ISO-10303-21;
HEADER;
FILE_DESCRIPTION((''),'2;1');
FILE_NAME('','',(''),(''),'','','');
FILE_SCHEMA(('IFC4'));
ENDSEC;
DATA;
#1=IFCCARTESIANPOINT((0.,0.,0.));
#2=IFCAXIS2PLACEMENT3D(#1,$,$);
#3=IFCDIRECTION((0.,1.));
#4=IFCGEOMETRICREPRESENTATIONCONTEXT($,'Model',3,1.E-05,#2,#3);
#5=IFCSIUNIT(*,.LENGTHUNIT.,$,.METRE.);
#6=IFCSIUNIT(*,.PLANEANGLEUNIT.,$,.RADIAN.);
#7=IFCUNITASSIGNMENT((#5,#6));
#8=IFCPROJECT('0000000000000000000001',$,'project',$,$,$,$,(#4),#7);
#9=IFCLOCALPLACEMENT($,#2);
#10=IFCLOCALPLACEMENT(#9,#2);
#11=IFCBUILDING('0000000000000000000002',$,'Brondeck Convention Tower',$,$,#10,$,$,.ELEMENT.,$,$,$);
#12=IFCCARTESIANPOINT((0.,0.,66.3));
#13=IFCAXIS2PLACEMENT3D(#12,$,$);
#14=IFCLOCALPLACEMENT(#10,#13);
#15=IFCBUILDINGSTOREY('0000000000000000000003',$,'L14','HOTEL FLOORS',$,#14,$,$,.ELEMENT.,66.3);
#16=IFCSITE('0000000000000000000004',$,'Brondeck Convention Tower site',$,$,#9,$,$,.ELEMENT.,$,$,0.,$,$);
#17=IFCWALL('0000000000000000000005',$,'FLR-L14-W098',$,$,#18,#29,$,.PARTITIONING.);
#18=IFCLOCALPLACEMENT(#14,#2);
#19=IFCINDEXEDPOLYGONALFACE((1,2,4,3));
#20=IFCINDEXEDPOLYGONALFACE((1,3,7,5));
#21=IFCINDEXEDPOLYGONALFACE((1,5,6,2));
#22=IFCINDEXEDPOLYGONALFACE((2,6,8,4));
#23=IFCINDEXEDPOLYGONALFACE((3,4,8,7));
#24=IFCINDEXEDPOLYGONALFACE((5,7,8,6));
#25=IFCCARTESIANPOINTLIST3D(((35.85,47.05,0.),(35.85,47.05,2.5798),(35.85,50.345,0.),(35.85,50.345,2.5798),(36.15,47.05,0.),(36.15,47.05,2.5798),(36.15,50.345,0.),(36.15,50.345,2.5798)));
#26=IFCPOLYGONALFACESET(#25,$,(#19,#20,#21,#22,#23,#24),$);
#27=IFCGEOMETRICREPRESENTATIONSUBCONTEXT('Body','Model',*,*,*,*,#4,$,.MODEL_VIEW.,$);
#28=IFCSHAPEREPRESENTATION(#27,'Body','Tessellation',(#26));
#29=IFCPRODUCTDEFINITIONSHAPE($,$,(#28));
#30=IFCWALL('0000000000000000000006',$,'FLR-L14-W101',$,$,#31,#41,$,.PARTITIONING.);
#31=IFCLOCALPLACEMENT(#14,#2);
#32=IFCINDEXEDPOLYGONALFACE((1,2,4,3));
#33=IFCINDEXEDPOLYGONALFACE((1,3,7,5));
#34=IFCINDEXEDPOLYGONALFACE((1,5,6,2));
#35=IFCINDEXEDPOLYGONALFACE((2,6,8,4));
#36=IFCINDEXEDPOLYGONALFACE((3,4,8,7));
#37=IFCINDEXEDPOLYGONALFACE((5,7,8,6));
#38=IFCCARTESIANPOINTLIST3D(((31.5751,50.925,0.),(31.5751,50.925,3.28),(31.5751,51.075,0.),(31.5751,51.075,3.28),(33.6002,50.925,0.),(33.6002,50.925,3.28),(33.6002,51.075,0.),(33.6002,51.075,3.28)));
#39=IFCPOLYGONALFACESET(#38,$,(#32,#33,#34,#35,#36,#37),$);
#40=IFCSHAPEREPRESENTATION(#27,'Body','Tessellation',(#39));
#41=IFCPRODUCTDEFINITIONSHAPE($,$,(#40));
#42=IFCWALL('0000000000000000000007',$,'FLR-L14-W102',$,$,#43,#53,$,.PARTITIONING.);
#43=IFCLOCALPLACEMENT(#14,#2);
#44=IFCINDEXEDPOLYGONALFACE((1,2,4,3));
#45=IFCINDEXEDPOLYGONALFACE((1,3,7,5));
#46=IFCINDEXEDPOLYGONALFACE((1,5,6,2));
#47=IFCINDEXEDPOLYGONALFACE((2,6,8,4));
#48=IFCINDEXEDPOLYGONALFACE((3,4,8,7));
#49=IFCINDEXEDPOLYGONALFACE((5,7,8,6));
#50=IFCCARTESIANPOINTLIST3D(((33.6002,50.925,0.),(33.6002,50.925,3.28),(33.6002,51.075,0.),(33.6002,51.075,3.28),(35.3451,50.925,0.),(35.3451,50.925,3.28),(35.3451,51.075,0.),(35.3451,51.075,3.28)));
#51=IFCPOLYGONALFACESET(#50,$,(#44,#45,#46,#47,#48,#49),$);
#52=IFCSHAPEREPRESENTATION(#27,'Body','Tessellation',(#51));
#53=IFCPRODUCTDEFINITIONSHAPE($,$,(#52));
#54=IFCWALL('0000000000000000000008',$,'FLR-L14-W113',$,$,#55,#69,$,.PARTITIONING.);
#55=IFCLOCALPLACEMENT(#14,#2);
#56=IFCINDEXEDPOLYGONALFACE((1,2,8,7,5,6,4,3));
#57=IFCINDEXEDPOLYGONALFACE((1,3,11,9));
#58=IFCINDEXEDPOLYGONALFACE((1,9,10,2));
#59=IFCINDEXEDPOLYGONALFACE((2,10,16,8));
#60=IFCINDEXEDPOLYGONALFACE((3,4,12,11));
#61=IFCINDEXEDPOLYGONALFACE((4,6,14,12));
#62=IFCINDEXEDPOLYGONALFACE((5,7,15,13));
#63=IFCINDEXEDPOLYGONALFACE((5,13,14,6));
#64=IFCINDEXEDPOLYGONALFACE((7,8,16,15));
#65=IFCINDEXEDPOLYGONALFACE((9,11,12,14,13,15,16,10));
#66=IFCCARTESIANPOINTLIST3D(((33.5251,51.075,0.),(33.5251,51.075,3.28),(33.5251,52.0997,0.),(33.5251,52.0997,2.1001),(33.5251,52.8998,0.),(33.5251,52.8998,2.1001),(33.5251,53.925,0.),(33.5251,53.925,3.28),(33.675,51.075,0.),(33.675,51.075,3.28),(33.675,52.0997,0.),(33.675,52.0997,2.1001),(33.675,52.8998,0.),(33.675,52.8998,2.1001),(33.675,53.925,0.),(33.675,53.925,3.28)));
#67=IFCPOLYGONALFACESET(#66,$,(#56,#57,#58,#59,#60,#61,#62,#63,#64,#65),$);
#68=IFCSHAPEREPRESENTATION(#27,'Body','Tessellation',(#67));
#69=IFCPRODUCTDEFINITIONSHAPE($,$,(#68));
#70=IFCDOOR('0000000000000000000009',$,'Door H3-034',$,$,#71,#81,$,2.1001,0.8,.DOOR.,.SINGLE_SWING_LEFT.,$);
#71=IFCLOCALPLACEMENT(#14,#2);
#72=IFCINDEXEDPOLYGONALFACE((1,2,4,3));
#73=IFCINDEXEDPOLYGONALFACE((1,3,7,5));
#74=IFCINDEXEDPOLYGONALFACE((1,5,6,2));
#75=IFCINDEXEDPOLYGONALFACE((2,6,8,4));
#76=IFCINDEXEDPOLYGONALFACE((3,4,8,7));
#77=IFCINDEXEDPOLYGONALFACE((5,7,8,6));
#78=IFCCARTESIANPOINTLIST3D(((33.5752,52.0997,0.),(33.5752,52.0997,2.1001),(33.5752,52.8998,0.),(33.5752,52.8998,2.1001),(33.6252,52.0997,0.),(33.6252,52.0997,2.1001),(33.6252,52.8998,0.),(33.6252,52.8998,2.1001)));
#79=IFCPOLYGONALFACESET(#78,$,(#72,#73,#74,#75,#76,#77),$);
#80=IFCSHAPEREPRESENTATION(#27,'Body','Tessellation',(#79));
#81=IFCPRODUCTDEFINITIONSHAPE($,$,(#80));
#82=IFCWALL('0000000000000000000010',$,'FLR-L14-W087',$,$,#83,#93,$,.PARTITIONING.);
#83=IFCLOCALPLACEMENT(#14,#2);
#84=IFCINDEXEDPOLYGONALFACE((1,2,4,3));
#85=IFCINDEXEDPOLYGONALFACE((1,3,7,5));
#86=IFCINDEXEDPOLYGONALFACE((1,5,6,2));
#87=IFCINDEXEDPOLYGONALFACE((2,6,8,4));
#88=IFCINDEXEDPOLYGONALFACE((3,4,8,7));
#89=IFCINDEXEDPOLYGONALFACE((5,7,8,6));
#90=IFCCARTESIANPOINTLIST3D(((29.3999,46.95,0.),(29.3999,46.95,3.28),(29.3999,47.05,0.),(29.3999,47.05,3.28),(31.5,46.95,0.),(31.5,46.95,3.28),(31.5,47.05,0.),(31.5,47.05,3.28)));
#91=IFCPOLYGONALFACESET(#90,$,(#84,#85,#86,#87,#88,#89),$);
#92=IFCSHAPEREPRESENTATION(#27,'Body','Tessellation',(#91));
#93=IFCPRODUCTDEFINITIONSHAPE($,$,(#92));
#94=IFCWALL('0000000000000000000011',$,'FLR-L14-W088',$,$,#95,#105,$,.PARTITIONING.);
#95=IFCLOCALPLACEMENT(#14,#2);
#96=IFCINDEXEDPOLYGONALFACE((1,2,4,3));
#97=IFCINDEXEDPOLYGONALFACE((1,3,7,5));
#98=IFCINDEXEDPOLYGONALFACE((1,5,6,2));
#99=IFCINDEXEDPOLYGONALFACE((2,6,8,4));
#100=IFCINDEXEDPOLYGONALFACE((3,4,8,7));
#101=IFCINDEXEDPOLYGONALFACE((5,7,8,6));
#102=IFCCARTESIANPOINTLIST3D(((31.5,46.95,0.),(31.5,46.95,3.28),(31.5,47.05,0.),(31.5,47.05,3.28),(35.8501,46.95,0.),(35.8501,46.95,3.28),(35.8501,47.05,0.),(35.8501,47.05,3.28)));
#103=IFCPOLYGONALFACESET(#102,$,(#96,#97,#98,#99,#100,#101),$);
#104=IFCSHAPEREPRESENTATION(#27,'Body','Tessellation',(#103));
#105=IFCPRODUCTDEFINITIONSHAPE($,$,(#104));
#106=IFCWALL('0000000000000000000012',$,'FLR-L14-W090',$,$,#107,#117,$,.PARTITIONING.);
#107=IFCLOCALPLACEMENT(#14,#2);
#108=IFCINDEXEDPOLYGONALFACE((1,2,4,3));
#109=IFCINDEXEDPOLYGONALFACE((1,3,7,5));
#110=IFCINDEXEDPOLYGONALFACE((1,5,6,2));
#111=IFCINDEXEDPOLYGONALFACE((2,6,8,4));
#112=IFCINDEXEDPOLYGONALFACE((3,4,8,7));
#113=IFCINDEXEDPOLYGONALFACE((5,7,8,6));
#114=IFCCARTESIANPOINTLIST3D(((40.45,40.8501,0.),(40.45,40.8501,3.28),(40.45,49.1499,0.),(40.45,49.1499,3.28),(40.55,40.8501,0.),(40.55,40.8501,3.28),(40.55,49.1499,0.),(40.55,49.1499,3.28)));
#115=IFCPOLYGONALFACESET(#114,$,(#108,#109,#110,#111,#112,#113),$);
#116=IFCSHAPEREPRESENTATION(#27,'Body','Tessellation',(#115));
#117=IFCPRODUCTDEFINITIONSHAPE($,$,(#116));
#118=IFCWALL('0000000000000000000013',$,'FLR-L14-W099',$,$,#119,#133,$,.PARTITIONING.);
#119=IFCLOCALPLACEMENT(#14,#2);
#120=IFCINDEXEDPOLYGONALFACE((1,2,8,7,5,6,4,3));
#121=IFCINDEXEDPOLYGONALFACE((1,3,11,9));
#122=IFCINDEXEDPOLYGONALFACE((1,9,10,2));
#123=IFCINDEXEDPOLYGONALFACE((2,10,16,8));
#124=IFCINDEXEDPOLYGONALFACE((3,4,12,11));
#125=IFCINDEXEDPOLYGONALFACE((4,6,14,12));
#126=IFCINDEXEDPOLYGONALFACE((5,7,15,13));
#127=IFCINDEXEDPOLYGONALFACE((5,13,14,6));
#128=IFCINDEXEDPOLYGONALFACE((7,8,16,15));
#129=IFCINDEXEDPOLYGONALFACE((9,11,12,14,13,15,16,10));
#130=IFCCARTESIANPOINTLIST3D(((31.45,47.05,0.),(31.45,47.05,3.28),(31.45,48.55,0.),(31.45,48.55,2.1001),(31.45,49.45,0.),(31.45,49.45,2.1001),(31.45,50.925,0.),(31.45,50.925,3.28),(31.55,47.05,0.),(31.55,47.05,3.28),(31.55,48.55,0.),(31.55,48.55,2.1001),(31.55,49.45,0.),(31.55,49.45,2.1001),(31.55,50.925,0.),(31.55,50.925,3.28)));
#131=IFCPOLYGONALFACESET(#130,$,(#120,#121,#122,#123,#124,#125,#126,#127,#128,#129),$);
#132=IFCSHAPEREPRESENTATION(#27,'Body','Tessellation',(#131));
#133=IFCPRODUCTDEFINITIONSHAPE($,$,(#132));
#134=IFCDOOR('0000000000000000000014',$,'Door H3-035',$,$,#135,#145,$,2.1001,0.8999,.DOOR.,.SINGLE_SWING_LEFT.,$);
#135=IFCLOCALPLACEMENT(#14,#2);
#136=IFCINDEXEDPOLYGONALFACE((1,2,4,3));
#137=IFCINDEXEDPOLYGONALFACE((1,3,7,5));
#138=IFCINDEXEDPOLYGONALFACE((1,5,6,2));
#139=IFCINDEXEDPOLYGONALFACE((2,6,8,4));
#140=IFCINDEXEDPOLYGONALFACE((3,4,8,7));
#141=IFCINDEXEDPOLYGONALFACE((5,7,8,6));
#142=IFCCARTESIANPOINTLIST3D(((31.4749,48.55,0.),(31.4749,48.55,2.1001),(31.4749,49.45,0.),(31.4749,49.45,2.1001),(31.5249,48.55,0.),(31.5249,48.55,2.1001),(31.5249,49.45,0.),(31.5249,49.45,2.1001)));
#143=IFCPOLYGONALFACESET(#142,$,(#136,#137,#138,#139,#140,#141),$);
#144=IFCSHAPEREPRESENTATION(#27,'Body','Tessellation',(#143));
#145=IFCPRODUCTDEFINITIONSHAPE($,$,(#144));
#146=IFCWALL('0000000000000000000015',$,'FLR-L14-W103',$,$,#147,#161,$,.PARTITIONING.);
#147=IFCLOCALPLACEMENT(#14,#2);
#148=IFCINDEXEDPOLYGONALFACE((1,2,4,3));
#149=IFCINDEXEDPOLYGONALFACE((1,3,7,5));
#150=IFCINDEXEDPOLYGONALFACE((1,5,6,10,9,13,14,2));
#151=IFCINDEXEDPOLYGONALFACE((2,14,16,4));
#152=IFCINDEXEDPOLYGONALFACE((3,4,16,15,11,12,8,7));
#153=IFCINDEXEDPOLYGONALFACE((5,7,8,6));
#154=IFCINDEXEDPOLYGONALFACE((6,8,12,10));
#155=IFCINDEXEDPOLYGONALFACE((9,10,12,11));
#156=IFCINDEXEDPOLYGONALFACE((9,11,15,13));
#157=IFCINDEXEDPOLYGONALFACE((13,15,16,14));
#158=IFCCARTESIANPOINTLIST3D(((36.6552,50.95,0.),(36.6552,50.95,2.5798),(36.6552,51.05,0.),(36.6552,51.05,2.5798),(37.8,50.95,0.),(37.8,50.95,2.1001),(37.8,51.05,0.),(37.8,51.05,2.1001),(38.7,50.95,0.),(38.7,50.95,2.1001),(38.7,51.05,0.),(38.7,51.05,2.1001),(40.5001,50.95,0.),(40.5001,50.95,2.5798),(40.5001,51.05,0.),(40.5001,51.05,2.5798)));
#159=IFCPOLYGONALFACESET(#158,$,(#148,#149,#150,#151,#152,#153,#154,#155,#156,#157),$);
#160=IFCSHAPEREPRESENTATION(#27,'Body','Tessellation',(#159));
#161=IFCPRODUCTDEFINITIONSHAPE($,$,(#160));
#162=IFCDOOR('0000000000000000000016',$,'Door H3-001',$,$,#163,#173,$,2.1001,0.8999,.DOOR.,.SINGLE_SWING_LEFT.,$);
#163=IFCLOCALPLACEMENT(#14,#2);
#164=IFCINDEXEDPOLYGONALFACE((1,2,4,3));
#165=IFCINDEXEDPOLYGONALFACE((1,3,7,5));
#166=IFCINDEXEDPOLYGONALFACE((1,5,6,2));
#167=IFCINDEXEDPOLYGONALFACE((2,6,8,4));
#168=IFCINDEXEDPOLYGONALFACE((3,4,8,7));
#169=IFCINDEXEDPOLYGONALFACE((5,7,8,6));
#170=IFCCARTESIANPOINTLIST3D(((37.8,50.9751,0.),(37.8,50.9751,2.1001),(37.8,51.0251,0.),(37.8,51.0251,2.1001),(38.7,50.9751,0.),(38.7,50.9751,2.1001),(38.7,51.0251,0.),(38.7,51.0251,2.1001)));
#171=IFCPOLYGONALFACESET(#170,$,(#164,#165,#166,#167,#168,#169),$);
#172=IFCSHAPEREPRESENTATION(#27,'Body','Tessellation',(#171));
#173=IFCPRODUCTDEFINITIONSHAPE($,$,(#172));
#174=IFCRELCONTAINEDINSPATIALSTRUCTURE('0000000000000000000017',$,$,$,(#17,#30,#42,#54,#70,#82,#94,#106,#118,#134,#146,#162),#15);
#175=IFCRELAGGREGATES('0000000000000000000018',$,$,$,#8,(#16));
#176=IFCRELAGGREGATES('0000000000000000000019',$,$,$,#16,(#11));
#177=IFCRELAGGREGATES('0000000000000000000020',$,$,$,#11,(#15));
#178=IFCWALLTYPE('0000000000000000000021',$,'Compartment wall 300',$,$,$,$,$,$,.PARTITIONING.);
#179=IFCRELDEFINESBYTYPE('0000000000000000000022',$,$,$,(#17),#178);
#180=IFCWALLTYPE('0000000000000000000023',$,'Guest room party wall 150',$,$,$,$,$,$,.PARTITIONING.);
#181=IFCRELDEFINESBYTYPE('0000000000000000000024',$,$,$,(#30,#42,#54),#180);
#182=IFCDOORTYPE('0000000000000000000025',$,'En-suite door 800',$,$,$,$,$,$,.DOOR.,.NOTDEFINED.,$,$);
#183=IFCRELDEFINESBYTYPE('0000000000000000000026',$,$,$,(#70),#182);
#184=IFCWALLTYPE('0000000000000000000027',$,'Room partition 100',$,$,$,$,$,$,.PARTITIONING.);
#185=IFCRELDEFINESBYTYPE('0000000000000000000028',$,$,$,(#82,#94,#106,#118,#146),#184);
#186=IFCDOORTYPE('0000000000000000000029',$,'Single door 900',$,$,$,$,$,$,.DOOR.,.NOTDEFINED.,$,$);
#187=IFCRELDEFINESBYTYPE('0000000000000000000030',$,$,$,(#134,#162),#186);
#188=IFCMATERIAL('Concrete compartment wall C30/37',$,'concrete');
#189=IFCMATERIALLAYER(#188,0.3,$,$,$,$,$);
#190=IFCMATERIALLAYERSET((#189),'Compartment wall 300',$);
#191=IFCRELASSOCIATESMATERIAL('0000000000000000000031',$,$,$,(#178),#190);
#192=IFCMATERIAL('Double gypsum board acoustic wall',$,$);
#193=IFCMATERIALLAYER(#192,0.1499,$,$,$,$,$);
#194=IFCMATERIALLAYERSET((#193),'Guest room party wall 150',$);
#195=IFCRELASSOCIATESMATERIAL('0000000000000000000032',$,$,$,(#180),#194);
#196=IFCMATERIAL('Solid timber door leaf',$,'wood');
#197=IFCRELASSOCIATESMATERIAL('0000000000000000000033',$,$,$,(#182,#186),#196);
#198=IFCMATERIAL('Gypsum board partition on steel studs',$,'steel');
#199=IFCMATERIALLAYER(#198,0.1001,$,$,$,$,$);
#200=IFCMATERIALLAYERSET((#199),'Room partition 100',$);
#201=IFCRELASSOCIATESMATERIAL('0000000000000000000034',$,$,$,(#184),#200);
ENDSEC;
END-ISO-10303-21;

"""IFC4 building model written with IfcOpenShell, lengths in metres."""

from ifc_helpers import new_model, si_unit, direction, frame, frame_2d, origin, place, context, subcontext, project, spatial, rectangle, extrude, material, layer, layer_set, type_object, element, fill, save


model = new_model("IFC4")

# Units and contexts
model_context = context("Model", 3, precision=1e-05, world=origin(), true_north=direction((0.0, 1.0)))
body_context = subcontext(model_context, "Body", "Model", "MODEL_VIEW")
ifc_project = project(units=[si_unit("LENGTHUNIT", "METRE"), si_unit("PLANEANGLEUNIT", "RADIAN")], contexts=[model_context])

# Site, building, storey
site_placement = place(None, origin())
site = spatial("IfcSite", under=ifc_project, at=site_placement, Name="Brondeck Convention Tower site", CompositionType="ELEMENT", RefElevation=0.0)
building_placement = place(site_placement, origin())
building = spatial("IfcBuilding", under=site, at=building_placement, Name="Brondeck Convention Tower", CompositionType="ELEMENT")
storey_placement = place(building_placement, frame((0.0, 0.0, 66.3)))
storey = spatial("IfcBuildingStorey", under=building, at=storey_placement, Name="L14", Description="HOTEL FLOORS", CompositionType="ELEMENT", Elevation=66.3)

# Shared definitions
ifc_material_1 = material(Name="Concrete compartment wall C30/37", Category="concrete")
ifc_layer_1 = layer(ifc_material_1, 0.3)
ifc_layer_set_1 = layer_set([ifc_layer_1], Name="Compartment wall 300")
wall_type_1 = type_object("IfcWallType", Name="Compartment wall 300", PredefinedType="PARTITIONING", material=ifc_layer_set_1)

# Walls
wall_1_placement = place(storey_placement, frame((36.0, 50.345, 0.0), z_axis=(0.0, 0.0, 1.0), x_axis=(0.0, -1.0, 0.0)))
element("IfcWall", 1, at=wall_1_placement, inside=storey, type_object=wall_type_1, Name="FLR-L14-W098", PredefinedType="PARTITIONING", context=body_context, shape_type="SweptSolid", body=[
    extrude(rectangle(XDim=3.2949, YDim=0.3, at=frame_2d((1.6475, 0.0))), origin(), (0.0, 0.0, 1.0), 2.5798),
])
ifc_material_2 = material(Name="Double gypsum board acoustic wall")
ifc_layer_2 = layer(ifc_material_2, 0.1499)
ifc_layer_set_2 = layer_set([ifc_layer_2], Name="Guest room party wall 150")
wall_type_2 = type_object("IfcWallType", Name="Guest room party wall 150", PredefinedType="PARTITIONING", material=ifc_layer_set_2)
wall_2_placement = place(storey_placement, frame((31.575, 51.0, 0.0), z_axis=(0.0, 0.0, 1.0), x_axis=(1.0, 0.0, 0.0)))
element("IfcWall", 2, at=wall_2_placement, inside=storey, type_object=wall_type_2, Name="FLR-L14-W101", PredefinedType="PARTITIONING", context=body_context, shape_type="SweptSolid", body=[
    extrude(rectangle(XDim=2.0251, YDim=0.1499, at=frame_2d((1.0127, 0.0))), origin(), (0.0, 0.0, 1.0), 3.28),
])
wall_3_placement = place(storey_placement, frame((33.6001, 51.0, 0.0), z_axis=(0.0, 0.0, 1.0), x_axis=(1.0, 0.0, 0.0)))
element("IfcWall", 3, at=wall_3_placement, inside=storey, type_object=wall_type_2, Name="FLR-L14-W102", PredefinedType="PARTITIONING", context=body_context, shape_type="SweptSolid", body=[
    extrude(rectangle(XDim=1.7449, YDim=0.1499, at=frame_2d((0.8726, 0.0))), origin(), (0.0, 0.0, 1.0), 3.28),
])

# Wall, opening, door
wall_4_placement = place(storey_placement, frame((33.6001, 51.075, 0.0), z_axis=(0.0, 0.0, 1.0), x_axis=(0.0, 1.0, 0.0)))
wall_4 = element("IfcWall", 4, at=wall_4_placement, inside=storey, type_object=wall_type_2, Name="FLR-L14-W113", PredefinedType="PARTITIONING", context=body_context, shape_type="SweptSolid", body=[
    extrude(rectangle(XDim=2.8501, YDim=0.1499, at=frame_2d((1.425, 0.0))), origin(), (0.0, 0.0, 1.0), 3.28),
])
opening_1_placement = place(wall_4_placement, frame((1.0249, 0.0, 0.0)))
opening_1 = element("IfcOpeningElement", 5, at=opening_1_placement, cuts=wall_4, PredefinedType="OPENING", context=body_context, shape_type="SweptSolid", body=[
    extrude(rectangle(XDim=0.8, YDim=2.1001, at=frame_2d((0.3999, 1.05))), frame((0.0, 0.085, 0.0), z_axis=(0.0, -1.0, 0.0), x_axis=(1.0, 0.0, 0.0)), (0.0, 0.0, 1.0), 0.1699),
])
ifc_material_3 = material(Name="Solid timber door leaf", Category="wood")
door_type_1 = type_object("IfcDoorType", Name="En-suite door 800", OperationType="NOTDEFINED", PredefinedType="DOOR", material=ifc_material_3)
door_1_placement = place(opening_1_placement, origin())
door_1 = element("IfcDoor", 6, at=door_1_placement, inside=storey, type_object=door_type_1, Name="Door H3-034", OperationType="SINGLE_SWING_LEFT", OverallHeight=2.1001, OverallWidth=0.8, PredefinedType="DOOR", context=body_context, shape_type="SweptSolid", body=[
    extrude(rectangle(XDim=0.8, YDim=2.1001, at=frame_2d((0.3999, 1.05))), frame((0.0, 0.0249, 0.0), z_axis=(0.0, -1.0, 0.0), x_axis=(1.0, 0.0, 0.0)), (0.0, 0.0, 1.0), 0.05),
])
fill(opening_1, door_1)

# Walls
ifc_material_4 = material(Name="Gypsum board partition on steel studs", Category="steel")
ifc_layer_3 = layer(ifc_material_4, 0.1001)
ifc_layer_set_3 = layer_set([ifc_layer_3], Name="Room partition 100")
wall_type_3 = type_object("IfcWallType", Name="Room partition 100", PredefinedType="PARTITIONING", material=ifc_layer_set_3)
wall_5_placement = place(storey_placement, frame((29.3999, 47.0, 0.0), z_axis=(0.0, 0.0, 1.0), x_axis=(1.0, 0.0, 0.0)))
element("IfcWall", 7, at=wall_5_placement, inside=storey, type_object=wall_type_3, Name="FLR-L14-W087", PredefinedType="PARTITIONING", context=body_context, shape_type="SweptSolid", body=[
    extrude(rectangle(XDim=2.1001, YDim=0.1001, at=frame_2d((1.05, 0.0))), origin(), (0.0, 0.0, 1.0), 3.28),
])
wall_6_placement = place(storey_placement, frame((31.5, 47.0, 0.0), z_axis=(0.0, 0.0, 1.0), x_axis=(1.0, 0.0, 0.0)))
element("IfcWall", 8, at=wall_6_placement, inside=storey, type_object=wall_type_3, Name="FLR-L14-W088", PredefinedType="PARTITIONING", context=body_context, shape_type="SweptSolid", body=[
    extrude(rectangle(XDim=4.3501, YDim=0.1001, at=frame_2d((2.175, 0.0))), origin(), (0.0, 0.0, 1.0), 3.28),
])
wall_7_placement = place(storey_placement, frame((40.5, 49.1499, 0.0), z_axis=(0.0, 0.0, 1.0), x_axis=(0.0, -1.0, 0.0)))
element("IfcWall", 9, at=wall_7_placement, inside=storey, type_object=wall_type_3, Name="FLR-L14-W090", PredefinedType="PARTITIONING", context=body_context, shape_type="SweptSolid", body=[
    extrude(rectangle(XDim=8.2998, YDim=0.1001, at=frame_2d((4.1499, 0.0))), origin(), (0.0, 0.0, 1.0), 3.28),
])

# Walls, openings, doors
wall_8_placement = place(storey_placement, frame((31.5, 50.925, 0.0), z_axis=(0.0, 0.0, 1.0), x_axis=(0.0, -1.0, 0.0)))
wall_8 = element("IfcWall", 10, at=wall_8_placement, inside=storey, type_object=wall_type_3, Name="FLR-L14-W099", PredefinedType="PARTITIONING", context=body_context, shape_type="SweptSolid", body=[
    extrude(rectangle(XDim=3.875, YDim=0.1001, at=frame_2d((1.9375, 0.0))), origin(), (0.0, 0.0, 1.0), 3.28),
])
opening_2_placement = place(wall_8_placement, frame((1.4751, 0.0, 0.0)))
opening_2 = element("IfcOpeningElement", 11, at=opening_2_placement, cuts=wall_8, PredefinedType="OPENING", context=body_context, shape_type="SweptSolid", body=[
    extrude(rectangle(XDim=0.8999, YDim=2.1001, at=frame_2d((0.45, 1.05))), frame((0.0, 0.0601, 0.0), z_axis=(0.0, -1.0, 0.0), x_axis=(1.0, 0.0, 0.0)), (0.0, 0.0, 1.0), 0.1201),
])
door_type_2 = type_object("IfcDoorType", Name="Single door 900", OperationType="NOTDEFINED", PredefinedType="DOOR", material=ifc_material_3)
door_2_placement = place(opening_2_placement, origin())
door_2 = element("IfcDoor", 12, at=door_2_placement, inside=storey, type_object=door_type_2, Name="Door H3-035", OperationType="SINGLE_SWING_LEFT", OverallHeight=2.1001, OverallWidth=0.8999, PredefinedType="DOOR", context=body_context, shape_type="SweptSolid", body=[
    extrude(rectangle(XDim=0.8999, YDim=2.1001, at=frame_2d((0.45, 1.05))), frame((0.0, 0.0249, 0.0), z_axis=(0.0, -1.0, 0.0), x_axis=(1.0, 0.0, 0.0)), (0.0, 0.0, 1.0), 0.05),
])
fill(opening_2, door_2)
wall_9_placement = place(storey_placement, frame((40.5, 51.0, 0.0), z_axis=(0.0, 0.0, 1.0), x_axis=(-1.0, 0.0, 0.0)))
wall_9 = element("IfcWall", 13, at=wall_9_placement, inside=storey, type_object=wall_type_3, Name="FLR-L14-W103", PredefinedType="PARTITIONING", context=body_context, shape_type="SweptSolid", body=[
    extrude(rectangle(XDim=3.845, YDim=0.1001, at=frame_2d((1.9224, 0.0))), origin(), (0.0, 0.0, 1.0), 2.5798),
])
opening_3_placement = place(wall_9_placement, frame((1.8, 0.0, 0.0)))
opening_3 = element("IfcOpeningElement", 14, at=opening_3_placement, cuts=wall_9, PredefinedType="OPENING", context=body_context, shape_type="SweptSolid", body=[
    extrude(rectangle(XDim=0.8999, YDim=2.1001, at=frame_2d((0.45, 1.05))), frame((0.0, 0.0601, 0.0), z_axis=(0.0, -1.0, 0.0), x_axis=(1.0, 0.0, 0.0)), (0.0, 0.0, 1.0), 0.1201),
])
door_3_placement = place(opening_3_placement, origin())
door_3 = element("IfcDoor", 15, at=door_3_placement, inside=storey, type_object=door_type_2, Name="Door H3-001", OperationType="SINGLE_SWING_LEFT", OverallHeight=2.1001, OverallWidth=0.8999, PredefinedType="DOOR", context=body_context, shape_type="SweptSolid", body=[
    extrude(rectangle(XDim=0.8999, YDim=2.1001, at=frame_2d((0.45, 1.05))), frame((0.0, 0.0249, 0.0), z_axis=(0.0, -1.0, 0.0), x_axis=(1.0, 0.0, 0.0)), (0.0, 0.0, 1.0), 0.05),
])
fill(opening_3, door_3)

save(model, "model.ifc")
